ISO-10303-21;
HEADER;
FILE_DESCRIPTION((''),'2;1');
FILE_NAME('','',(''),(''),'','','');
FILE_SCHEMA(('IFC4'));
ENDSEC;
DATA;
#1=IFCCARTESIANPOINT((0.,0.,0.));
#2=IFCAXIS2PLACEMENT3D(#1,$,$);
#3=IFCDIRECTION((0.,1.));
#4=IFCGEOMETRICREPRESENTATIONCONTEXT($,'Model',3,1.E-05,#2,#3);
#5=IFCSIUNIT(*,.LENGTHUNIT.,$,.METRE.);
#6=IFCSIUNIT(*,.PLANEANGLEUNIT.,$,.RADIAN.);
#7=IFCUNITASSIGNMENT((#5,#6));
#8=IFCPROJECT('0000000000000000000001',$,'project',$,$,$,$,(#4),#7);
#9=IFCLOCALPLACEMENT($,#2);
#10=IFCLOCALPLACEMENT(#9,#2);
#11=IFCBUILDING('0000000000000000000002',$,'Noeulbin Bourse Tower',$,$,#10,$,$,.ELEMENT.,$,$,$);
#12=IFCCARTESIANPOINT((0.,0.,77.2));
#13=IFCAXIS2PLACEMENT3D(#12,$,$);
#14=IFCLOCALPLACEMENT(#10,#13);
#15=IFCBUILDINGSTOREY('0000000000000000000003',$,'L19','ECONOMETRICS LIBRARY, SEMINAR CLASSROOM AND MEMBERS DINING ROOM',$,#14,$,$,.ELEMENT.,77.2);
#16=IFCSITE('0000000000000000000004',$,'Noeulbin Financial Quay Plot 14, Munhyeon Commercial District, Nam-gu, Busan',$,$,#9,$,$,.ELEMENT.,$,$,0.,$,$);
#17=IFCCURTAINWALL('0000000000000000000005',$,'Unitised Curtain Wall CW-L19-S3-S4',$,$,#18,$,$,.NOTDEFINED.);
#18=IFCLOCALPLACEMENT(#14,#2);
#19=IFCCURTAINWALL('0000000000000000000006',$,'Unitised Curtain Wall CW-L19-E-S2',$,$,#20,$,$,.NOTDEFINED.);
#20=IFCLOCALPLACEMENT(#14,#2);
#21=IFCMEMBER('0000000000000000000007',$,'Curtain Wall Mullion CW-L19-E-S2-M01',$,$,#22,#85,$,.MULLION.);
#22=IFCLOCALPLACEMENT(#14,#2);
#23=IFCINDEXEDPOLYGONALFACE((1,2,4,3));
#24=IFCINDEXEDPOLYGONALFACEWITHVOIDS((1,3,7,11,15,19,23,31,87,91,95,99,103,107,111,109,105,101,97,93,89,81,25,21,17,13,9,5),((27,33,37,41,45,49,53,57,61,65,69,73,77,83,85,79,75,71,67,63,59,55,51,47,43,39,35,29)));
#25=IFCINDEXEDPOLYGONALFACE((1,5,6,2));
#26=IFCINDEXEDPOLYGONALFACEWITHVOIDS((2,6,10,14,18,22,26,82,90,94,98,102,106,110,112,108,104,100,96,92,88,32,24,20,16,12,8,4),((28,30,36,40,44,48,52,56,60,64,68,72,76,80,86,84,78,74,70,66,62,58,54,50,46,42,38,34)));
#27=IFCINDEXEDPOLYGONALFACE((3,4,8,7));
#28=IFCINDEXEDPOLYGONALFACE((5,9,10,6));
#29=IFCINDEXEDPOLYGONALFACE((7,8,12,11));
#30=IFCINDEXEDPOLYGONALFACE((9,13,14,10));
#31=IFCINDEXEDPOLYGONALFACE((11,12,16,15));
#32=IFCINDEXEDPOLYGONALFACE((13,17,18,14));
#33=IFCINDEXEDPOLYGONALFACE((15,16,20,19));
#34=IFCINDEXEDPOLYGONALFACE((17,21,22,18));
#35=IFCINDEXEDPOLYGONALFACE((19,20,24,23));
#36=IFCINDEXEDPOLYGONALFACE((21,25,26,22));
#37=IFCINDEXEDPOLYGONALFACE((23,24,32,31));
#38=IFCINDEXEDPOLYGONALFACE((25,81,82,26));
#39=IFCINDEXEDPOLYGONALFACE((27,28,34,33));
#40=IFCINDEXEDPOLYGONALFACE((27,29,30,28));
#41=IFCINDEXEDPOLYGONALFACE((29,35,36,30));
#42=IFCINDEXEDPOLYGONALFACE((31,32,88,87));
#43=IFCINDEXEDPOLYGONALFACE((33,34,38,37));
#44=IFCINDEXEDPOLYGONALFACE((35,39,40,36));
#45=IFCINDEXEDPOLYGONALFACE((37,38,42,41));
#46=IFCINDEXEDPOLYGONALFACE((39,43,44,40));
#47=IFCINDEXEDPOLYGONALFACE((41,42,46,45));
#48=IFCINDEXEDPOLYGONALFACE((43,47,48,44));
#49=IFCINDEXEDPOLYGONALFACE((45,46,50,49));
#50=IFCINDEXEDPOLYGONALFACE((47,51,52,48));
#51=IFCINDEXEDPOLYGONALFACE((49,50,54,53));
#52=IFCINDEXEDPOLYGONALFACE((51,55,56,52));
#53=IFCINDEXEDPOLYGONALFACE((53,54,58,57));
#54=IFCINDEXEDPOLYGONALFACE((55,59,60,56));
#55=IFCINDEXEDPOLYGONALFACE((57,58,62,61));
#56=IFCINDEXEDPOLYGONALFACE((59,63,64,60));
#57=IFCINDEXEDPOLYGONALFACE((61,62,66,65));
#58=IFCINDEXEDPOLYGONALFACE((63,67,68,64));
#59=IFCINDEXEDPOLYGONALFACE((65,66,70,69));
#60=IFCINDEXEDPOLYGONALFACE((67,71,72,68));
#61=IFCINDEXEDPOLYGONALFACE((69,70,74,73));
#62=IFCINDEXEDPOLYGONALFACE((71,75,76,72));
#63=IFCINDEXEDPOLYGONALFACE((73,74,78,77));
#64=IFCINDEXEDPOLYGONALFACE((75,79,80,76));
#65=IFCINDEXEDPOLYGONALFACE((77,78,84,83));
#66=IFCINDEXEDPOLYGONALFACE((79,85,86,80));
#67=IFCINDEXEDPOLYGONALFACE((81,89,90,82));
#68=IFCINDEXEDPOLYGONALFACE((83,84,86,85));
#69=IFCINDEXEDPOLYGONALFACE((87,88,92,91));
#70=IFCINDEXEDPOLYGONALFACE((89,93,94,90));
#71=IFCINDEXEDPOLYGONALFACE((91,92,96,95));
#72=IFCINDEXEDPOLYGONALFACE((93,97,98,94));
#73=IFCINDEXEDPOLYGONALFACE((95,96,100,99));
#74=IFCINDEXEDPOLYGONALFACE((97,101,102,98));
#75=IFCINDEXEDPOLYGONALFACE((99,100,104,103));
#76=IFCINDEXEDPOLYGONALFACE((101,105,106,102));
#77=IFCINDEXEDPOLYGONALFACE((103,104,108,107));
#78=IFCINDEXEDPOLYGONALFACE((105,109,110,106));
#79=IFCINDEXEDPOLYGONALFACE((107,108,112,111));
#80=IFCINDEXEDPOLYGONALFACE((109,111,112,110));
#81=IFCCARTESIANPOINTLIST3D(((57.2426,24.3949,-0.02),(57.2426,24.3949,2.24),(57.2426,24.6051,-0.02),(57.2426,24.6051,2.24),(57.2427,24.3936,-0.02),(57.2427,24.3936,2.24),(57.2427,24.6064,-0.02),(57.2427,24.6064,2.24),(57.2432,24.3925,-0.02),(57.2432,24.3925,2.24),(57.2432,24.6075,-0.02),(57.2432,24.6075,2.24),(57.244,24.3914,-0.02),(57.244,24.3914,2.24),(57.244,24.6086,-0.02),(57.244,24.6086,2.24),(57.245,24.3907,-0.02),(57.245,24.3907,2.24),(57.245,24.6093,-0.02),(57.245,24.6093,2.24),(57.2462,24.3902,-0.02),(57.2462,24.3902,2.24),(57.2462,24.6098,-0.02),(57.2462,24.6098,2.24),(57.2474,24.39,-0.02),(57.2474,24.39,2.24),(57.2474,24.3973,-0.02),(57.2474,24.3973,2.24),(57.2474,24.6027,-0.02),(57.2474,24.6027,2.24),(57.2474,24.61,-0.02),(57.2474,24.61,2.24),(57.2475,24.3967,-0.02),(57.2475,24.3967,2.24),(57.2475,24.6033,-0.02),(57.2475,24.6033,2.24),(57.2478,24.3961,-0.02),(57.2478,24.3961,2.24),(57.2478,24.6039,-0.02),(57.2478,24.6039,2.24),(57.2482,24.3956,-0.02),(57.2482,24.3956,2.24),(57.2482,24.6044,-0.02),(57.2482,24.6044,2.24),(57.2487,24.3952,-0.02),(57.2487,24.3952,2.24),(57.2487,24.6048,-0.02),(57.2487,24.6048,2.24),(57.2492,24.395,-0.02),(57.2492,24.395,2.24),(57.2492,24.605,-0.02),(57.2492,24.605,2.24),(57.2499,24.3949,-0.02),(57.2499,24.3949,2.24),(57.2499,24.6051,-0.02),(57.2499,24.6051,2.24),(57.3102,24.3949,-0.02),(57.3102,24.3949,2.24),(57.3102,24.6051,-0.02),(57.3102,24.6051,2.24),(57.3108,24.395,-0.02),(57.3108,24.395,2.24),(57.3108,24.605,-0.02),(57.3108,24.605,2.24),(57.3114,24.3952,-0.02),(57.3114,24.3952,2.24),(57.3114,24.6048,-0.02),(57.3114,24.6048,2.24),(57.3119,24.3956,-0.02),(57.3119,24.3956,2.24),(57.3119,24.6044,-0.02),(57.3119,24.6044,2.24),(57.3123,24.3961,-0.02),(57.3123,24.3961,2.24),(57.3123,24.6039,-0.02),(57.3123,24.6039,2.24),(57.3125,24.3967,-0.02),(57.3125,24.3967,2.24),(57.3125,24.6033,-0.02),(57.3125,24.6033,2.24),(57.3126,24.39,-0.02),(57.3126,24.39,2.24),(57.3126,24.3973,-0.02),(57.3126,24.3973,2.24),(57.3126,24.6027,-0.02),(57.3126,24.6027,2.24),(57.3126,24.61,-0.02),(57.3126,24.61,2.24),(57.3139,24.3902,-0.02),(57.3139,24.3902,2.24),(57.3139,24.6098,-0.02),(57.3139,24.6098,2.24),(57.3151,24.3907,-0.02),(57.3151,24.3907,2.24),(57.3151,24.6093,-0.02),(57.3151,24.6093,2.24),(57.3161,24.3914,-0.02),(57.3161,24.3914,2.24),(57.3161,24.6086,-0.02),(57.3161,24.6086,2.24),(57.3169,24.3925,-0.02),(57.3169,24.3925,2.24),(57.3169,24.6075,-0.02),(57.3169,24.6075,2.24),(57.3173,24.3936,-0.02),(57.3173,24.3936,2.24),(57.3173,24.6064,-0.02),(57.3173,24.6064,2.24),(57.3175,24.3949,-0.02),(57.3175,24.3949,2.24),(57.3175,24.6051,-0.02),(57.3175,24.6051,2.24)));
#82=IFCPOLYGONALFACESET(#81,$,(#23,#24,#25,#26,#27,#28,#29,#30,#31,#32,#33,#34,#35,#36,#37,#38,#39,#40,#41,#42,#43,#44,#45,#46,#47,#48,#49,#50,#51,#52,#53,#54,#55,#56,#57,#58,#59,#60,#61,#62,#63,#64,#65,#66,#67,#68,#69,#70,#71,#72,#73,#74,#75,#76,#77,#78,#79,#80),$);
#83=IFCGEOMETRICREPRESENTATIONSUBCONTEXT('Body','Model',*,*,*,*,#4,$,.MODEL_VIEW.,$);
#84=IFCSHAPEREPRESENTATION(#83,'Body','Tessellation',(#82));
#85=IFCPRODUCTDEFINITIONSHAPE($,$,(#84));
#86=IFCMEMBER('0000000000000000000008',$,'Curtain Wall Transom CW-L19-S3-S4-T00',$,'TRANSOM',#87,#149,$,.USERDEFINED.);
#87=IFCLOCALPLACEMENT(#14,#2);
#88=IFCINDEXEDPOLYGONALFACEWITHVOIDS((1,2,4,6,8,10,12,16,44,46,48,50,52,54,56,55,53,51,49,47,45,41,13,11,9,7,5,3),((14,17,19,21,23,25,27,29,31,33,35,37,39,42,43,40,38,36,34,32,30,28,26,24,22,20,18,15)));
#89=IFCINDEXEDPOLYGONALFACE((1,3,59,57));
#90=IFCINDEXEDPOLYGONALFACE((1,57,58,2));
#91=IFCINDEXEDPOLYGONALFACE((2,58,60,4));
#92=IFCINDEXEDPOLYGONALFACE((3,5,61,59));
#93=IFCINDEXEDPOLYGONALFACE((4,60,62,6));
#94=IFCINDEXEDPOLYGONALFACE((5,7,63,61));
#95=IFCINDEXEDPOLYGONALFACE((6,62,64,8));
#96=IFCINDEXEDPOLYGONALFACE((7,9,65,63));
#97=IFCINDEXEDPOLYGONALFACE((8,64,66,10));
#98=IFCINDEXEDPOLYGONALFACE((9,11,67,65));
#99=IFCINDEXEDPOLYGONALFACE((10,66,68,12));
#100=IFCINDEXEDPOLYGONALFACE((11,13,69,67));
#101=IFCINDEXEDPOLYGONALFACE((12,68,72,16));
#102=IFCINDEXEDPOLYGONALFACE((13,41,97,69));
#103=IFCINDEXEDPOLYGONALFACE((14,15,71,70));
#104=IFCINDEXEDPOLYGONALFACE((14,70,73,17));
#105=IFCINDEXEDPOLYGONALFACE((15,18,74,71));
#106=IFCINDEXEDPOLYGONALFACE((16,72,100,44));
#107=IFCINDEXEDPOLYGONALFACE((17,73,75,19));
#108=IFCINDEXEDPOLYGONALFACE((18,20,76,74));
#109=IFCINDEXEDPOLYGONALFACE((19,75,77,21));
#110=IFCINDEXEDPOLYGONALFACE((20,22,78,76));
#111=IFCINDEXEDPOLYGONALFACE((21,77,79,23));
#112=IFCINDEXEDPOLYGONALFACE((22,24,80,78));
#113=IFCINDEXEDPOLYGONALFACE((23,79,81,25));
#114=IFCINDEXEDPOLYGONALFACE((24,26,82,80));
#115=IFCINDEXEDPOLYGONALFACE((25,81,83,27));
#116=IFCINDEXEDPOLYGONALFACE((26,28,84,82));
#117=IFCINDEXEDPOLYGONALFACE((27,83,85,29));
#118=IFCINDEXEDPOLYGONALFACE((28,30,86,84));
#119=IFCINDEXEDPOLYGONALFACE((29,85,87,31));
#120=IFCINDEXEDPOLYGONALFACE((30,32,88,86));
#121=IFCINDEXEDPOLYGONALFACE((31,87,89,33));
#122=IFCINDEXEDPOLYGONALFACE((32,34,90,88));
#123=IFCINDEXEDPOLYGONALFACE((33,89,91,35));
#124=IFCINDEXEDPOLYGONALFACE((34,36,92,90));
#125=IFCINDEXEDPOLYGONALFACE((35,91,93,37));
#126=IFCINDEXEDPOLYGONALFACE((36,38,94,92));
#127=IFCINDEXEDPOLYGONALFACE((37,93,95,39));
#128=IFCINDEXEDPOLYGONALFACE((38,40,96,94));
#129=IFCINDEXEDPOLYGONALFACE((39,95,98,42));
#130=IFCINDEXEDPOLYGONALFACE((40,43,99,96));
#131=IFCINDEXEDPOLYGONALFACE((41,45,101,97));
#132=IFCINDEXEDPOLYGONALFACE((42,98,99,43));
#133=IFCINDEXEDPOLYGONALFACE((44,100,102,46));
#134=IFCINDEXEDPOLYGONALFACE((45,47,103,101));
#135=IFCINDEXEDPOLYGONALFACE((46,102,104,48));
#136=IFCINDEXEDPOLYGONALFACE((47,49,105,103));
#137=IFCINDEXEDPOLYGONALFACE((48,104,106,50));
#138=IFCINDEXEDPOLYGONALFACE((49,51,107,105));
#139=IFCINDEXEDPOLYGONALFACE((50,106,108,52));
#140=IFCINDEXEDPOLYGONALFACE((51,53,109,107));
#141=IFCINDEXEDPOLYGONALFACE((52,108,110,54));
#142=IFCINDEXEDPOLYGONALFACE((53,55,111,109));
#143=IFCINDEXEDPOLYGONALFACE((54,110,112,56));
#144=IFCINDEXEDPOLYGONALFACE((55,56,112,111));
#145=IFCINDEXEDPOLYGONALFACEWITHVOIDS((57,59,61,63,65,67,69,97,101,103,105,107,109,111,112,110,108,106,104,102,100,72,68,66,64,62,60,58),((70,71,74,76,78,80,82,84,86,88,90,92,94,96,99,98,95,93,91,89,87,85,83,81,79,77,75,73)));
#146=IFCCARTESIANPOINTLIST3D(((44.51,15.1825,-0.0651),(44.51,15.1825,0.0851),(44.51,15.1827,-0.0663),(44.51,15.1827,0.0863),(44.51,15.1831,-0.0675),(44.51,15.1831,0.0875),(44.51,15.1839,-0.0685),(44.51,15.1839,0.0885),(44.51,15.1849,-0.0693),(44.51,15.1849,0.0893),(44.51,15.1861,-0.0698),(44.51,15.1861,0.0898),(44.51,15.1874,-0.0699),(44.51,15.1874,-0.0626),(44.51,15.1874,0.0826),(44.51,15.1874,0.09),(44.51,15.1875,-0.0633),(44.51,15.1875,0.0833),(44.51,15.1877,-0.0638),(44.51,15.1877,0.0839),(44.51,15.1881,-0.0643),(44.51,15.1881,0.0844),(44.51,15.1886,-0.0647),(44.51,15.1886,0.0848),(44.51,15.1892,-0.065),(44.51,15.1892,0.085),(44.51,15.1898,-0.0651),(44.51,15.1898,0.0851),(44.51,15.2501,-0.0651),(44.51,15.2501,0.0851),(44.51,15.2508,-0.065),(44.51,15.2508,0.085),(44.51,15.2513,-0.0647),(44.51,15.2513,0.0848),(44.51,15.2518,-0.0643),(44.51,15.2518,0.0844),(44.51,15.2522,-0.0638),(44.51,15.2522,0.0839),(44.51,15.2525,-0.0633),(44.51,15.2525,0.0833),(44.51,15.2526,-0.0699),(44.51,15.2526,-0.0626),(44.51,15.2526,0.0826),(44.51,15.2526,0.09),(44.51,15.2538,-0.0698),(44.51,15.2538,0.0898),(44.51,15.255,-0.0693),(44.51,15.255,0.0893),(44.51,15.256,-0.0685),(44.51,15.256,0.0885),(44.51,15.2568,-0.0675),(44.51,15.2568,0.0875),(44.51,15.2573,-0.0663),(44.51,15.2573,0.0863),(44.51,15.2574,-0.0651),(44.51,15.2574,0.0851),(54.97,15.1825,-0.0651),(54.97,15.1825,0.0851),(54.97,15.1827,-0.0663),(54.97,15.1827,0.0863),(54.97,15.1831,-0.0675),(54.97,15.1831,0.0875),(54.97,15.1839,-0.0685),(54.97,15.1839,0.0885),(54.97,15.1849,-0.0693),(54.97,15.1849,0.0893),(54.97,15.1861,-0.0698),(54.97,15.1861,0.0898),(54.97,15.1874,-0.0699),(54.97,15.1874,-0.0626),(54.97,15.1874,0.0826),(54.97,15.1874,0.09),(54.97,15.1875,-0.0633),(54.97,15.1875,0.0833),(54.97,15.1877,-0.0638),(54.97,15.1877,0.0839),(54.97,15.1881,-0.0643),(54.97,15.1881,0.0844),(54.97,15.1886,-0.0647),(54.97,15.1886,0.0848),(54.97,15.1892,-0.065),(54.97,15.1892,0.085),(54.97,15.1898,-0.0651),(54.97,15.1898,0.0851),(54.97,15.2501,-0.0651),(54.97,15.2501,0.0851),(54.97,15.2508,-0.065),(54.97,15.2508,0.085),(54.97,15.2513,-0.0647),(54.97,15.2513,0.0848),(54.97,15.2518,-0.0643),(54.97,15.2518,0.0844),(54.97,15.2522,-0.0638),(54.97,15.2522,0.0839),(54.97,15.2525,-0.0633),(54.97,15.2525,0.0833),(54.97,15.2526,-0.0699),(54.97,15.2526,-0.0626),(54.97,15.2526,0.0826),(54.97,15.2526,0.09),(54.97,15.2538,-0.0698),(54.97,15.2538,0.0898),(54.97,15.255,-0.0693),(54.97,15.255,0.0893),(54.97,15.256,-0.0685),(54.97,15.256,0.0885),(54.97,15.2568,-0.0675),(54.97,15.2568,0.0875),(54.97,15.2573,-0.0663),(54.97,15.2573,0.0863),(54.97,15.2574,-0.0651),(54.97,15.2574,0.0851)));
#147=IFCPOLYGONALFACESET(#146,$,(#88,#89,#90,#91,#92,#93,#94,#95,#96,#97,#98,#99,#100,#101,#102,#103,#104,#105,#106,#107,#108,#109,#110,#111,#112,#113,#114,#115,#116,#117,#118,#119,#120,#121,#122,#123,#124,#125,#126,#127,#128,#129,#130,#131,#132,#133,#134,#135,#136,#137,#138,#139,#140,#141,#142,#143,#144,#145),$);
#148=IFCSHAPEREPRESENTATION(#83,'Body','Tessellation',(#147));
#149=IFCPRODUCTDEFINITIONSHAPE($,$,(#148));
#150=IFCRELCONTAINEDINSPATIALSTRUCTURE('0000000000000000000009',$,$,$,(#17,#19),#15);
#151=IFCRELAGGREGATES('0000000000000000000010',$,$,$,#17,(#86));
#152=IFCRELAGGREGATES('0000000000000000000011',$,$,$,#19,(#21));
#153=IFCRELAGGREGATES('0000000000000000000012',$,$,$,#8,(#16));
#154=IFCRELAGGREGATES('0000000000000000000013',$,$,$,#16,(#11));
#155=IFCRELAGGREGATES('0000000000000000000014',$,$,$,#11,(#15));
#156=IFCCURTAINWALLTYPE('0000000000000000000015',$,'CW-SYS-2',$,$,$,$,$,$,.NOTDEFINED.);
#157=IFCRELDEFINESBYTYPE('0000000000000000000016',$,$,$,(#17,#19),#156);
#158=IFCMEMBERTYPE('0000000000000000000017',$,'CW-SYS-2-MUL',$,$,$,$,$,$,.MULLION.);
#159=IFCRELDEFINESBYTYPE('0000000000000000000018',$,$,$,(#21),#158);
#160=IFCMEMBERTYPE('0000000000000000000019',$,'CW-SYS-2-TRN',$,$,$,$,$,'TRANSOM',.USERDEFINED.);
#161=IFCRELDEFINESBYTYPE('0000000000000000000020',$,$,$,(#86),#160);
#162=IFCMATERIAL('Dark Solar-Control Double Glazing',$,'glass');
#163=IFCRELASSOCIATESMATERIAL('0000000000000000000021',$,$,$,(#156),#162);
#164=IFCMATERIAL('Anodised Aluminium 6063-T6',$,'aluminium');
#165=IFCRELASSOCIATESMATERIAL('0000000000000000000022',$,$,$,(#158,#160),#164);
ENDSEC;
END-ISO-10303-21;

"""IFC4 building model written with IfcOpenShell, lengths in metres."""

from ifc_helpers import new_model, si_unit, direction, frame, origin, origin_2d, place, context, subcontext, project, spatial, hollow_rectangle, extrude, material, material_profile, profile_set, type_object, element, aggregate, save


model = new_model("IFC4")

# Units and contexts
model_context = context("Model", 3, precision=1e-05, world=origin(), true_north=direction((0.0, 1.0)))
body_context = subcontext(model_context, "Body", "Model", "MODEL_VIEW")
ifc_project = project(units=[si_unit("LENGTHUNIT", "METRE"), si_unit("PLANEANGLEUNIT", "RADIAN")], contexts=[model_context])

# Site, building, storey
site_placement = place(None, origin())
site = spatial("IfcSite", under=ifc_project, at=site_placement, Name="Noeulbin Financial Quay Plot 14, Munhyeon Commercial District, Nam-gu, Busan", CompositionType="ELEMENT", RefElevation=0.0)
building_placement = place(site_placement, origin())
building = spatial("IfcBuilding", under=site, at=building_placement, Name="Noeulbin Bourse Tower", CompositionType="ELEMENT")
storey_placement = place(building_placement, frame((0.0, 0.0, 77.2)))
storey = spatial("IfcBuildingStorey", under=building, at=storey_placement, Name="L19", Description="ECONOMETRICS LIBRARY, SEMINAR CLASSROOM AND MEMBERS DINING ROOM", CompositionType="ELEMENT", Elevation=77.2)

# Curtain walls, member
ifc_material_1 = material(Name="Dark Solar-Control Double Glazing", Category="glass")
curtain_wall_type = type_object("IfcCurtainWallType", Name="CW-SYS-2", PredefinedType="NOTDEFINED", material=ifc_material_1)
curtain_wall_1_placement = place(storey_placement, origin())
curtain_wall_1 = element("IfcCurtainWall", 1, at=curtain_wall_1_placement, inside=storey, type_object=curtain_wall_type, Name="Unitised Curtain Wall CW-L19-S3-S4", PredefinedType="NOTDEFINED")
ifc_material_2 = material(Name="Anodised Aluminium 6063-T6", Category="aluminium")
ifc_material_profile_1 = material_profile(ifc_material_2, hollow_rectangle(XDim=0.075, YDim=0.22, WallThickness=0.0049, InnerFilletRadius=0.0024, OuterFilletRadius=0.0049, at=origin_2d()), Name="ALU-MULL-75x220x5", Category="LoadBearing")
ifc_profile_set_1 = profile_set([ifc_material_profile_1], Name="Anodised Aluminium 6063-T6")
member_type_1 = type_object("IfcMemberType", Name="CW-SYS-2-MUL", PredefinedType="MULLION", material=ifc_profile_set_1)
curtain_wall_2_placement = place(storey_placement, origin())
curtain_wall_2 = element("IfcCurtainWall", 2, at=curtain_wall_2_placement, inside=storey, type_object=curtain_wall_type, Name="Unitised Curtain Wall CW-L19-E-S2", PredefinedType="NOTDEFINED")
member_1_placement = place(storey_placement, frame((57.28, 24.5, -0.02), z_axis=(0.0, 0.0, 1.0), x_axis=(1.0, 0.0, 0.0)))
member_1 = element("IfcMember", 3, at=member_1_placement, type_object=member_type_1, Name="Curtain Wall Mullion CW-L19-E-S2-M01", PredefinedType="MULLION", context=body_context, shape_type="SweptSolid", body=[
    extrude(hollow_rectangle(XDim=0.075, YDim=0.22, WallThickness=0.0049, InnerFilletRadius=0.0024, OuterFilletRadius=0.0049, at=origin_2d()), origin(), (0.0, 0.0, 1.0), 2.26),
])

# Member
ifc_material_profile_2 = material_profile(ifc_material_2, hollow_rectangle(XDim=0.075, YDim=0.1599, WallThickness=0.0049, InnerFilletRadius=0.0024, OuterFilletRadius=0.0049, at=origin_2d()), Name="ALU-TRAN-75x160x5", Category="LoadBearing")
ifc_profile_set_2 = profile_set([ifc_material_profile_2], Name="Anodised Aluminium 6063-T6")
member_type_2 = type_object("IfcMemberType", Name="CW-SYS-2-TRN", ElementType="TRANSOM", PredefinedType="USERDEFINED", material=ifc_profile_set_2)
member_2_placement = place(storey_placement, frame((44.51, 15.22, 0.01), z_axis=(1.0, 0.0, 0.0), x_axis=(0.0, 1.0, 0.0)))
member_2 = element("IfcMember", 4, at=member_2_placement, type_object=member_type_2, Name="Curtain Wall Transom CW-L19-S3-S4-T00", ObjectType="TRANSOM", PredefinedType="USERDEFINED", context=body_context, shape_type="SweptSolid", body=[
    extrude(hollow_rectangle(XDim=0.075, YDim=0.1599, WallThickness=0.0049, InnerFilletRadius=0.0024, OuterFilletRadius=0.0049, at=origin_2d()), origin(), (0.0, 0.0, 1.0), 10.46),
])

aggregate(curtain_wall_1, [member_2])
aggregate(curtain_wall_2, [member_1])

save(model, "model.ifc")
